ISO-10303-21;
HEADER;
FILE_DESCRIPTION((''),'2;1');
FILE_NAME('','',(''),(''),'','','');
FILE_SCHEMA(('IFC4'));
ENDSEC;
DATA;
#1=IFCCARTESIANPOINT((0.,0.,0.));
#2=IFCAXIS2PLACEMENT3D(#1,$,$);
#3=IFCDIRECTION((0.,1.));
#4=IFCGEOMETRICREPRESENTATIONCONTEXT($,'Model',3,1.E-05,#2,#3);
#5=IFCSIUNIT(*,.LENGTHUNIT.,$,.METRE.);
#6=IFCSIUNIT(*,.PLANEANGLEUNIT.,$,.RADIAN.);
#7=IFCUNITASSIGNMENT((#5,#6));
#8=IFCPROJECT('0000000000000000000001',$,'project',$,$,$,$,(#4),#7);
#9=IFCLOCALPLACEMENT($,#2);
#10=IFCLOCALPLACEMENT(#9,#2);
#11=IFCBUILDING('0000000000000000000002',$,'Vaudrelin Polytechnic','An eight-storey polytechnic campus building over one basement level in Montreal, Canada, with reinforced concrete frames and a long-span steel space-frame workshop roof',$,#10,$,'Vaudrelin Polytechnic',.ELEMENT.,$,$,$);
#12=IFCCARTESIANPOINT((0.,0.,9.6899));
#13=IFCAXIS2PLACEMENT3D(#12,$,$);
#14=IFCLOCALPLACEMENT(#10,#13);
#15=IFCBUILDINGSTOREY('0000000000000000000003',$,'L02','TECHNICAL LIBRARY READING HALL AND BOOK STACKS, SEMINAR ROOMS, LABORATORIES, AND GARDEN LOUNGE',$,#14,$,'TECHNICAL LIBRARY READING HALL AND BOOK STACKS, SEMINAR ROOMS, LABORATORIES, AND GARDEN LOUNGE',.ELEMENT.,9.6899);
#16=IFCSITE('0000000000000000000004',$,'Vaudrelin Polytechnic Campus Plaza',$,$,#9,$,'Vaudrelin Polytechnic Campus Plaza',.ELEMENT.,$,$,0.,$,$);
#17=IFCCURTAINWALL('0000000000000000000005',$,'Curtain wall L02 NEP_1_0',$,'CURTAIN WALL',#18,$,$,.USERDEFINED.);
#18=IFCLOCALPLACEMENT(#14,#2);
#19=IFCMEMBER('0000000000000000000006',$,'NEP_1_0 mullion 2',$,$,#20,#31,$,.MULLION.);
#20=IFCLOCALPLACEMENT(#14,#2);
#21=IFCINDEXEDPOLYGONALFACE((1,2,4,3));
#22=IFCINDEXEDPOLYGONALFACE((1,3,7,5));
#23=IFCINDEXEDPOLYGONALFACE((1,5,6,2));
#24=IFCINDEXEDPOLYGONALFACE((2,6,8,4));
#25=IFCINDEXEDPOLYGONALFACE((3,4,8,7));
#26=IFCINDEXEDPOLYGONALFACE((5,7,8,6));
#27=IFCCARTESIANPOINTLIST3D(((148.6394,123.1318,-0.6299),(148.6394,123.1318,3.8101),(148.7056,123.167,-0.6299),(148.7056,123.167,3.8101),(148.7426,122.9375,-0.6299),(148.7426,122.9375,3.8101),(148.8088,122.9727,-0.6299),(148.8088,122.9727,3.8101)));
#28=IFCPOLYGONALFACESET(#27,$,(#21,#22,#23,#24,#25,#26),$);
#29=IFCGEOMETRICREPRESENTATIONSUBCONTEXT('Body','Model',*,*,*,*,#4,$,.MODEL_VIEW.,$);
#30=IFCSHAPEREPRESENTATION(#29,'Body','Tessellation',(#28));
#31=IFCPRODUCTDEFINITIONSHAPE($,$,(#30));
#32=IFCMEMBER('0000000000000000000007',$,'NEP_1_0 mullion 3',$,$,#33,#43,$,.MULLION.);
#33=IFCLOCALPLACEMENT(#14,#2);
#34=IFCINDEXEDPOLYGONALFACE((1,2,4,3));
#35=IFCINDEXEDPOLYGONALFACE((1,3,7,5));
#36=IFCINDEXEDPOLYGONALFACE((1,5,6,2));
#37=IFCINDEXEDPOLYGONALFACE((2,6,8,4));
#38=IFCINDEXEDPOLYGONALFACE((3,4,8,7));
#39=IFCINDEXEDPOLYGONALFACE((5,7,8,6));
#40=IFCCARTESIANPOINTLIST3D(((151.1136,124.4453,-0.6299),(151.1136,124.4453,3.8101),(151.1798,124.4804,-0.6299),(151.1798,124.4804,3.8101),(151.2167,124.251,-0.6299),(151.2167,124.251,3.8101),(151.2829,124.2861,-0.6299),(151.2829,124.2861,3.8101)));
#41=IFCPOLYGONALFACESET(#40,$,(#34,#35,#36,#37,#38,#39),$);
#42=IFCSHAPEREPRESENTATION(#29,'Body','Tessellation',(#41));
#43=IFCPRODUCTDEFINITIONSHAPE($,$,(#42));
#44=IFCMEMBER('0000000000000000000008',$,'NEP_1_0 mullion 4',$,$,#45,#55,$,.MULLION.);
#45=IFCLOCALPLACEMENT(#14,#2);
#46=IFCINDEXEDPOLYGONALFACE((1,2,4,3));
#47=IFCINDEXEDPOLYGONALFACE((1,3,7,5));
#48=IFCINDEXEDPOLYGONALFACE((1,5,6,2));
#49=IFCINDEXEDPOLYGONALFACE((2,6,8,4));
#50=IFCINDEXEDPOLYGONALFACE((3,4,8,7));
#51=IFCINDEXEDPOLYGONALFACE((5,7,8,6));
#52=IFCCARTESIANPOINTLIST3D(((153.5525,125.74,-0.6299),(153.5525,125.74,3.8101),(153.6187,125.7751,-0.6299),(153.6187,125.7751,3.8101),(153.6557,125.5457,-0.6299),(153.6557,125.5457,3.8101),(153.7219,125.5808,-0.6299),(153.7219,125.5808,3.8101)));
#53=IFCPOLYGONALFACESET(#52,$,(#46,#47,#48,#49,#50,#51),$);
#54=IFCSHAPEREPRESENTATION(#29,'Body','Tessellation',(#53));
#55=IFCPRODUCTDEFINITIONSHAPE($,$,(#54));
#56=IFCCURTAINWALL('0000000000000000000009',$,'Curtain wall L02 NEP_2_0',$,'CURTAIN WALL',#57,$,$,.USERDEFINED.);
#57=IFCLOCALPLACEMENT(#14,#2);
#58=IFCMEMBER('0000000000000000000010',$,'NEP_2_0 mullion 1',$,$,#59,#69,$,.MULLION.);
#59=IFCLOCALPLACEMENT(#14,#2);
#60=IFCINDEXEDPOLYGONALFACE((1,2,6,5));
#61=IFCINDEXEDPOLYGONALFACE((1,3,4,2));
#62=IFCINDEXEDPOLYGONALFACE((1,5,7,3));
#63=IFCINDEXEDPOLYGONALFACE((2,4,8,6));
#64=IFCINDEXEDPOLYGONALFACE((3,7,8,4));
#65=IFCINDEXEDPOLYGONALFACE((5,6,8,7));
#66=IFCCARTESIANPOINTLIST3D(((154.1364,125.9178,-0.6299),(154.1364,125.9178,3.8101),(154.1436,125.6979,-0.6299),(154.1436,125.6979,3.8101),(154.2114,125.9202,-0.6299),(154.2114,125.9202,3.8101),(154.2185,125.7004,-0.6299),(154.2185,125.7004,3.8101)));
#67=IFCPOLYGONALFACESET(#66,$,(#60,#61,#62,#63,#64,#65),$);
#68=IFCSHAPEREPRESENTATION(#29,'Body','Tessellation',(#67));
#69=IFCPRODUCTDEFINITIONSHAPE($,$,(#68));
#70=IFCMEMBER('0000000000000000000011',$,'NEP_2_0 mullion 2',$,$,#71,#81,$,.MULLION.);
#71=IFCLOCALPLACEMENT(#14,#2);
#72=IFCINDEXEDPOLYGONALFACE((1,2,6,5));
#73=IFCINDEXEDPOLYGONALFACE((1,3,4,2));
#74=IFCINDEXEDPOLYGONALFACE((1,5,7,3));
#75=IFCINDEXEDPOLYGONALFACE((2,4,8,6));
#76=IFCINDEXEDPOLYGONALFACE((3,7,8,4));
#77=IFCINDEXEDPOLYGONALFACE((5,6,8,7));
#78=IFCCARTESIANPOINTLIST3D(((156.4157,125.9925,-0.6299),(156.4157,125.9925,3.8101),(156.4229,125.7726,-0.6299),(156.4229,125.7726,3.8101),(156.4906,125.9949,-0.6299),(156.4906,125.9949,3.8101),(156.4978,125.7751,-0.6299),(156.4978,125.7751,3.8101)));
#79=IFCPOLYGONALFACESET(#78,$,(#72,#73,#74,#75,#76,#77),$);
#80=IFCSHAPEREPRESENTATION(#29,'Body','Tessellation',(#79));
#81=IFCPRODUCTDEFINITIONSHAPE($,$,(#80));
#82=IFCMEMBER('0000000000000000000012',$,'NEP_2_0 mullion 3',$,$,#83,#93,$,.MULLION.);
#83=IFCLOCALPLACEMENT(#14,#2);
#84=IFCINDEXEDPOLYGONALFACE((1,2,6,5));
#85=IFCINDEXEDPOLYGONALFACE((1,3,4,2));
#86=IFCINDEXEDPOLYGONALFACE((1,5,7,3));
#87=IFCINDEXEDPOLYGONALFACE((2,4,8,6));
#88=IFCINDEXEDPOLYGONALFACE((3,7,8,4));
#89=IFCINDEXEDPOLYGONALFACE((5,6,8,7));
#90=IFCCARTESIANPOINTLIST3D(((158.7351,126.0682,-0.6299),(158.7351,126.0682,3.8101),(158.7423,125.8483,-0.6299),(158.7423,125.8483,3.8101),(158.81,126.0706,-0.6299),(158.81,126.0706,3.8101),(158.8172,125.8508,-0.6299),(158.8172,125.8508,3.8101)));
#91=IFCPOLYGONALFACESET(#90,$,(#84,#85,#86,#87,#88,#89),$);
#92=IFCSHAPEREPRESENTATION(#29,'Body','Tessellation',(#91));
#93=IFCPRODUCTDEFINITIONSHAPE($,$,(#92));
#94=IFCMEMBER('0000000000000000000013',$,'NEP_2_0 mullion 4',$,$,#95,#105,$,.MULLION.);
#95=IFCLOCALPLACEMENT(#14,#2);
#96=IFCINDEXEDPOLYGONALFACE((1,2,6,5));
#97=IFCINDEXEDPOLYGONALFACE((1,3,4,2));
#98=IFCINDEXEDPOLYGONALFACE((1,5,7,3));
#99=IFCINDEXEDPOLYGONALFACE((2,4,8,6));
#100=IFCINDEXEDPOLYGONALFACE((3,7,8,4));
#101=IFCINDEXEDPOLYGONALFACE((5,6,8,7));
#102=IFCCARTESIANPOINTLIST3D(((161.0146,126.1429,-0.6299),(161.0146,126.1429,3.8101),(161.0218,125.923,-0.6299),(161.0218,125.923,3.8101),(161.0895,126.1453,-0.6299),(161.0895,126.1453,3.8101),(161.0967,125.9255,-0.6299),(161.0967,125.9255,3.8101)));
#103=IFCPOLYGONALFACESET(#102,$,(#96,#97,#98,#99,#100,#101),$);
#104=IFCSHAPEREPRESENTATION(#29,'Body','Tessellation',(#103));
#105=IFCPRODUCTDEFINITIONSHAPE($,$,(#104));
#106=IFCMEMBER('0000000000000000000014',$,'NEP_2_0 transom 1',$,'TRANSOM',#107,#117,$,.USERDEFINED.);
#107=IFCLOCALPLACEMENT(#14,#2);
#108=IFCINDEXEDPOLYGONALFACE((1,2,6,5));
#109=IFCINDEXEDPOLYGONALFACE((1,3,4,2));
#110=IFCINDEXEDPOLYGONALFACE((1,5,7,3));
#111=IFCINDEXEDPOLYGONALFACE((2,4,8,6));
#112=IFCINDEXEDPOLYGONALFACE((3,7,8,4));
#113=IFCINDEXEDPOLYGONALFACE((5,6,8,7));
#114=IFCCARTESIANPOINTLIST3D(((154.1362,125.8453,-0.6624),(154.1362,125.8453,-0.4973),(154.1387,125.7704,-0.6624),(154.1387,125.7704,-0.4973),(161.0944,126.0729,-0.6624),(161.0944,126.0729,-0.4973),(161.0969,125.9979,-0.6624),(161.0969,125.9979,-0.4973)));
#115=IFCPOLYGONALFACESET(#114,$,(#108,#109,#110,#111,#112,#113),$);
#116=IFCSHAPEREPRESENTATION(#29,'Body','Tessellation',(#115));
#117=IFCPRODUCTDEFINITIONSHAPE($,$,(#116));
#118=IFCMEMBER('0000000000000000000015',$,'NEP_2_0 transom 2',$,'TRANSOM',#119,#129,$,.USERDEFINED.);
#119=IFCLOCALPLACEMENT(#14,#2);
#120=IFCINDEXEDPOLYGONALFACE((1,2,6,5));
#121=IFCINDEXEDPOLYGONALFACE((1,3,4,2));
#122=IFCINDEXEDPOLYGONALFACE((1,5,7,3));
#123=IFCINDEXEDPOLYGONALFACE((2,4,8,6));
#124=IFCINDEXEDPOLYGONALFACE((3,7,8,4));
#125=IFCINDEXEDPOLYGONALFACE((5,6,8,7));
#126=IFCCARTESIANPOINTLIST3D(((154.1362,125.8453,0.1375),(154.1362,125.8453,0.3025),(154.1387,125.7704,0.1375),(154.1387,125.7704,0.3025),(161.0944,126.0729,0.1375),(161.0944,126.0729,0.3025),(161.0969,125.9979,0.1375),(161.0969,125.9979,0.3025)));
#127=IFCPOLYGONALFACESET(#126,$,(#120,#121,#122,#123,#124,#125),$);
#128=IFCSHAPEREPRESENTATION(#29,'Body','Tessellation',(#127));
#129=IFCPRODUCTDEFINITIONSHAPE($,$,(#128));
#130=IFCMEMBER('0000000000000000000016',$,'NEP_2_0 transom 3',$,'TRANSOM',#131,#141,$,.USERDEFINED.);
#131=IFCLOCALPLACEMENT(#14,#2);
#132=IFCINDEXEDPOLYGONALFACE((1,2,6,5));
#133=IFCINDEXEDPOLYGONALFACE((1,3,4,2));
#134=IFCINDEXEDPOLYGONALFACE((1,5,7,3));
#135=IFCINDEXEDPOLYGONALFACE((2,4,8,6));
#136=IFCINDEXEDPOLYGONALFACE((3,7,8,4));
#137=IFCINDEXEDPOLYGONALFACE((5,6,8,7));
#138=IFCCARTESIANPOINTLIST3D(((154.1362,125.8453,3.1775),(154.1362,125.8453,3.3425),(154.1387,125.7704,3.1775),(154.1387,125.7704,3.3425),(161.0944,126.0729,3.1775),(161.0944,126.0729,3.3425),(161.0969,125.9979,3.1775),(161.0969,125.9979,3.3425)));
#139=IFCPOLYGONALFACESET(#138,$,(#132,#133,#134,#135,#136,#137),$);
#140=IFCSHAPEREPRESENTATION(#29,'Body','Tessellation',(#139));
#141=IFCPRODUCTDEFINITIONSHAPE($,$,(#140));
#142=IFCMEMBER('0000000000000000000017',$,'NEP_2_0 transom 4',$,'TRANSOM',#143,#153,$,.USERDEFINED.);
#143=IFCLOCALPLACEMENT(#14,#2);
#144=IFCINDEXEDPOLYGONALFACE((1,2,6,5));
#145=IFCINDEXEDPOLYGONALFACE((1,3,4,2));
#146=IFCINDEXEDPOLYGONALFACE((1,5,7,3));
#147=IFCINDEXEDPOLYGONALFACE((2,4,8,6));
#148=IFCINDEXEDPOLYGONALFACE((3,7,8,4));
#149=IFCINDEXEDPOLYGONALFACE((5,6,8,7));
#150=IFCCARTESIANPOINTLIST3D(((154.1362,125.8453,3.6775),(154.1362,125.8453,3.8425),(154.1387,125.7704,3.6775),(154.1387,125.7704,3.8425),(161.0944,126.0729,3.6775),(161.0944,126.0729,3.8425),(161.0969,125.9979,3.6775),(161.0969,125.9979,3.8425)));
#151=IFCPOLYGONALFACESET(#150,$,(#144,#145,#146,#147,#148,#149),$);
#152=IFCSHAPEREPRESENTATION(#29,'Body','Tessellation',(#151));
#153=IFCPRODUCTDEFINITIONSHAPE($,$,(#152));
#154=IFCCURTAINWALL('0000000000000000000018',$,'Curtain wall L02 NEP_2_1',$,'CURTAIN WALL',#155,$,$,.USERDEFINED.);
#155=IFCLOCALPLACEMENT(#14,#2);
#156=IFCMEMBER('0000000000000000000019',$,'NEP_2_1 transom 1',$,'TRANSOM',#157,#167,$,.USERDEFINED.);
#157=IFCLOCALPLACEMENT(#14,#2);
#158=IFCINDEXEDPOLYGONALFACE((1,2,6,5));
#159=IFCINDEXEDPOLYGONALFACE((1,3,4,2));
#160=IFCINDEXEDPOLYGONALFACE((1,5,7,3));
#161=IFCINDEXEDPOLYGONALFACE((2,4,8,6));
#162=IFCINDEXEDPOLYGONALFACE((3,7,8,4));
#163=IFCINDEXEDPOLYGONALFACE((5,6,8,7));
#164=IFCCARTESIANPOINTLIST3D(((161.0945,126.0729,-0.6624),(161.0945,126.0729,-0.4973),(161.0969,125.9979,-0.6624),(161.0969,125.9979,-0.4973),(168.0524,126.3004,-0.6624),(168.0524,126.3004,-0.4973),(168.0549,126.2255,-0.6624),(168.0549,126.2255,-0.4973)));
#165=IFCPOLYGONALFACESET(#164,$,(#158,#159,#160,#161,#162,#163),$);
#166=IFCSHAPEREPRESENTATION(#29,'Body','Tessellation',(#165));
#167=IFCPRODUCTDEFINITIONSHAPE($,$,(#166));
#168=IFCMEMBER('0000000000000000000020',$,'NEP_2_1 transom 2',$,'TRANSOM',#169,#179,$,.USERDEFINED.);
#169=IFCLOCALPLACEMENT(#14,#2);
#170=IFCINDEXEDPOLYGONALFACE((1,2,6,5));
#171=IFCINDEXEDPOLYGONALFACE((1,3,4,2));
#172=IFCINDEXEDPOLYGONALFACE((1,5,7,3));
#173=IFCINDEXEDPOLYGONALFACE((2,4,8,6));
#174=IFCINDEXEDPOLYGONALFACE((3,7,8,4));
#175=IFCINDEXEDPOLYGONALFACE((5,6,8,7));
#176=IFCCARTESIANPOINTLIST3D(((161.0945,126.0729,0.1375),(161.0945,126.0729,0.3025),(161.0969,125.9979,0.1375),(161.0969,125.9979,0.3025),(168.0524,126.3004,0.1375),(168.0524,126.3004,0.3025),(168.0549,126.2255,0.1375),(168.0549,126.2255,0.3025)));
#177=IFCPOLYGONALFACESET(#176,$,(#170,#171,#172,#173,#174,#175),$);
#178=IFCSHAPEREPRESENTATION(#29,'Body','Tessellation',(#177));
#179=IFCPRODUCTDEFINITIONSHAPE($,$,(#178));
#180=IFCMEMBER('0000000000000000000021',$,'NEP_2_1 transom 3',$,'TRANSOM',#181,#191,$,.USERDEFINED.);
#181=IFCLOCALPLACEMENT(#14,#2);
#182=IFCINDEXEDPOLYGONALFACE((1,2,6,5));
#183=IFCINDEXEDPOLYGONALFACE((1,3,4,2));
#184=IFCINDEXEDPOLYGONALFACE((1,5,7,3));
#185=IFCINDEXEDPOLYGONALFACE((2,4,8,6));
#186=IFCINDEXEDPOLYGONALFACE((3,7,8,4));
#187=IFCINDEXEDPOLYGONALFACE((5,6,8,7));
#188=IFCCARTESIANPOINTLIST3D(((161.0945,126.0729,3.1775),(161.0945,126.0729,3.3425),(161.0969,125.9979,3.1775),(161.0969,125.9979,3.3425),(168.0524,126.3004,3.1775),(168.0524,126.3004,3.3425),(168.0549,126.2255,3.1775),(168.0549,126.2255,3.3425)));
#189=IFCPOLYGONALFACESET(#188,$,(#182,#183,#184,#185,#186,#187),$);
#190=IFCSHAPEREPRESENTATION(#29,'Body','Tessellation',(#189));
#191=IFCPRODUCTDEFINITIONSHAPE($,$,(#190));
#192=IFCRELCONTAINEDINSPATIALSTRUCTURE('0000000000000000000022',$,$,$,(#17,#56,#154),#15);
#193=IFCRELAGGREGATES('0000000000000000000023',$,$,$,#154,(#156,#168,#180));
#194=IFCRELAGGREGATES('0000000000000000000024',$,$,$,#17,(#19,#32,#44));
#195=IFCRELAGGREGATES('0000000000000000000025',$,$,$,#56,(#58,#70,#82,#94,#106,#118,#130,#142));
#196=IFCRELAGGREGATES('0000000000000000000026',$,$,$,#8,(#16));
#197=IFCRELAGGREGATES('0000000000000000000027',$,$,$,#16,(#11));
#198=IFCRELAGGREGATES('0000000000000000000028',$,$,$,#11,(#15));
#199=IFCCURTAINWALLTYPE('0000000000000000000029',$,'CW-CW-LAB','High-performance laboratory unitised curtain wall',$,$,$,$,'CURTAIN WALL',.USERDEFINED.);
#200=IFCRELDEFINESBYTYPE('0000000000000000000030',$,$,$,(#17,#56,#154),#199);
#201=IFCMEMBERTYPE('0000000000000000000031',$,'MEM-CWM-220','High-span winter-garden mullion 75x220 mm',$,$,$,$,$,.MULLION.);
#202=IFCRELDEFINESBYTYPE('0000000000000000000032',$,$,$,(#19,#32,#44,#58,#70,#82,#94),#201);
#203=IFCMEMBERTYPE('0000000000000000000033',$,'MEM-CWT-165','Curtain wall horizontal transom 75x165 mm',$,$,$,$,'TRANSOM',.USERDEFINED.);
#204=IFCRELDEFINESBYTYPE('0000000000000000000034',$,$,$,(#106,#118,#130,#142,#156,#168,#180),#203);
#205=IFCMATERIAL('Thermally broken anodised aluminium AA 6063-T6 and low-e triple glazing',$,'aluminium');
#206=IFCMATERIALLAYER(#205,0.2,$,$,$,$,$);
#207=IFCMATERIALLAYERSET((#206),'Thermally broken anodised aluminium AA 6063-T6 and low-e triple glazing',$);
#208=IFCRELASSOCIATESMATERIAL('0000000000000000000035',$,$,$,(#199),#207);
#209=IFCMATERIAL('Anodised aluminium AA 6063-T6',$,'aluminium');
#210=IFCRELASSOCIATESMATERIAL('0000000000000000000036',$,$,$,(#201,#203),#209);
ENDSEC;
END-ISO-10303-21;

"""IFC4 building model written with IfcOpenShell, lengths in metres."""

from ifc_helpers import new_model, si_unit, direction, frame, origin, origin_2d, place, context, subcontext, project, spatial, rectangle, extrude, material, layer, layer_set, material_profile, profile_set, type_object, element, aggregate, save


model = new_model("IFC4")

# Units and contexts
model_context = context("Model", 3, precision=1e-05, world=origin(), true_north=direction((0.0, 1.0)))
body_context = subcontext(model_context, "Body", "Model", "MODEL_VIEW")
ifc_project = project(units=[si_unit("LENGTHUNIT", "METRE"), si_unit("PLANEANGLEUNIT", "RADIAN")], contexts=[model_context])

# Site, building, storey
site_placement = place(None, origin())
site = spatial("IfcSite", under=ifc_project, at=site_placement, Name="Vaudrelin Polytechnic Campus Plaza", LongName="Vaudrelin Polytechnic Campus Plaza", CompositionType="ELEMENT", RefElevation=0.0)
building_placement = place(site_placement, origin())
building = spatial("IfcBuilding", under=site, at=building_placement, Name="Vaudrelin Polytechnic", Description="An eight-storey polytechnic campus building over one basement level in Montreal, Canada, with reinforced concrete frames and a long-span steel space-frame workshop roof", LongName="Vaudrelin Polytechnic", CompositionType="ELEMENT")
storey_placement = place(building_placement, frame((0.0, 0.0, 9.6899)))
storey = spatial("IfcBuildingStorey", under=building, at=storey_placement, Name="L02", Description="TECHNICAL LIBRARY READING HALL AND BOOK STACKS, SEMINAR ROOMS, LABORATORIES, AND GARDEN LOUNGE", LongName="TECHNICAL LIBRARY READING HALL AND BOOK STACKS, SEMINAR ROOMS, LABORATORIES, AND GARDEN LOUNGE", CompositionType="ELEMENT", Elevation=9.6899)

# Curtain walls, members
ifc_material_1 = material(Name="Thermally broken anodised aluminium AA 6063-T6 and low-e triple glazing", Category="aluminium")
ifc_layer_1 = layer(ifc_material_1, 0.2)
ifc_layer_set_1 = layer_set([ifc_layer_1], Name="Thermally broken anodised aluminium AA 6063-T6 and low-e triple glazing")
curtain_wall_type = type_object("IfcCurtainWallType", Name="CW-CW-LAB", Description="High-performance laboratory unitised curtain wall", ElementType="CURTAIN WALL", PredefinedType="USERDEFINED", material=ifc_layer_set_1)
curtain_wall_1_placement = place(storey_placement, origin())
curtain_wall_1 = element("IfcCurtainWall", 1, at=curtain_wall_1_placement, inside=storey, type_object=curtain_wall_type, Name="Curtain wall L02 NEP_1_0", ObjectType="CURTAIN WALL", PredefinedType="USERDEFINED")
ifc_material_2 = material(Name="Anodised aluminium AA 6063-T6", Category="aluminium")
ifc_material_profile_1 = material_profile(ifc_material_2, rectangle(XDim=0.075, YDim=0.22, at=origin_2d()), Name="CWM-75x220")
ifc_profile_set_1 = profile_set([ifc_material_profile_1], Name="Anodised aluminium AA 6063-T6")
member_type_1 = type_object("IfcMemberType", Name="MEM-CWM-220", Description="High-span winter-garden mullion 75x220 mm", PredefinedType="MULLION", material=ifc_profile_set_1)
member_1_placement = place(storey_placement, frame((148.7241, 123.0522, -0.6299), z_axis=(0.0, 0.0, 1.0), x_axis=(0.883254, 0.468896, 0.0)))
member_1 = element("IfcMember", 2, at=member_1_placement, type_object=member_type_1, Name="NEP_1_0 mullion 2", PredefinedType="MULLION", context=body_context, shape_type="SweptSolid", body=[
    extrude(rectangle(XDim=0.075, YDim=0.22, at=origin_2d()), origin(), (0.0, 0.0, 1.0), 4.4399),
])
member_2_placement = place(storey_placement, frame((151.1982, 124.3657, -0.6299), z_axis=(0.0, 0.0, 1.0), x_axis=(0.883254, 0.468896, 0.0)))
member_2 = element("IfcMember", 3, at=member_2_placement, type_object=member_type_1, Name="NEP_1_0 mullion 3", PredefinedType="MULLION", context=body_context, shape_type="SweptSolid", body=[
    extrude(rectangle(XDim=0.075, YDim=0.22, at=origin_2d()), origin(), (0.0, 0.0, 1.0), 4.4399),
])
member_3_placement = place(storey_placement, frame((153.6372, 125.6604, -0.6299), z_axis=(0.0, 0.0, 1.0), x_axis=(0.883254, 0.468896, 0.0)))
member_3 = element("IfcMember", 4, at=member_3_placement, type_object=member_type_1, Name="NEP_1_0 mullion 4", PredefinedType="MULLION", context=body_context, shape_type="SweptSolid", body=[
    extrude(rectangle(XDim=0.075, YDim=0.22, at=origin_2d()), origin(), (0.0, 0.0, 1.0), 4.4399),
])
curtain_wall_2_placement = place(storey_placement, origin())
curtain_wall_2 = element("IfcCurtainWall", 5, at=curtain_wall_2_placement, inside=storey, type_object=curtain_wall_type, Name="Curtain wall L02 NEP_2_0", ObjectType="CURTAIN WALL", PredefinedType="USERDEFINED")
member_4_placement = place(storey_placement, frame((154.1775, 125.8091, -0.6299), z_axis=(0.0, 0.0, 1.0), x_axis=(0.999465, 0.032693, 0.0)))
member_4 = element("IfcMember", 6, at=member_4_placement, type_object=member_type_1, Name="NEP_2_0 mullion 1", PredefinedType="MULLION", context=body_context, shape_type="SweptSolid", body=[
    extrude(rectangle(XDim=0.075, YDim=0.22, at=origin_2d()), origin(), (0.0, 0.0, 1.0), 4.4399),
])
member_5_placement = place(storey_placement, frame((156.4568, 125.8838, -0.6299), z_axis=(0.0, 0.0, 1.0), x_axis=(0.999465, 0.032693, 0.0)))
member_5 = element("IfcMember", 7, at=member_5_placement, type_object=member_type_1, Name="NEP_2_0 mullion 2", PredefinedType="MULLION", context=body_context, shape_type="SweptSolid", body=[
    extrude(rectangle(XDim=0.075, YDim=0.22, at=origin_2d()), origin(), (0.0, 0.0, 1.0), 4.4399),
])
member_6_placement = place(storey_placement, frame((158.7761, 125.9595, -0.6299), z_axis=(0.0, 0.0, 1.0), x_axis=(0.999465, 0.032693, 0.0)))
member_6 = element("IfcMember", 8, at=member_6_placement, type_object=member_type_1, Name="NEP_2_0 mullion 3", PredefinedType="MULLION", context=body_context, shape_type="SweptSolid", body=[
    extrude(rectangle(XDim=0.075, YDim=0.22, at=origin_2d()), origin(), (0.0, 0.0, 1.0), 4.4399),
])
member_7_placement = place(storey_placement, frame((161.0557, 126.0342, -0.6299), z_axis=(0.0, 0.0, 1.0), x_axis=(0.999465, 0.032693, 0.0)))
member_7 = element("IfcMember", 9, at=member_7_placement, type_object=member_type_1, Name="NEP_2_0 mullion 4", PredefinedType="MULLION", context=body_context, shape_type="SweptSolid", body=[
    extrude(rectangle(XDim=0.075, YDim=0.22, at=origin_2d()), origin(), (0.0, 0.0, 1.0), 4.4399),
])
ifc_material_profile_2 = material_profile(ifc_material_2, rectangle(XDim=0.075, YDim=0.165, at=origin_2d()), Name="CWT-75x165")
ifc_profile_set_2 = profile_set([ifc_material_profile_2], Name="Anodised aluminium AA 6063-T6")
member_type_2 = type_object("IfcMemberType", Name="MEM-CWT-165", Description="Curtain wall horizontal transom 75x165 mm", ElementType="TRANSOM", PredefinedType="USERDEFINED", material=ifc_profile_set_2)
member_8_placement = place(storey_placement, frame((154.1375, 125.8079, -0.5798), z_axis=(0.999466, 0.032683, 0.0), x_axis=(-0.032683, 0.999466, 0.0)))
member_8 = element("IfcMember", 10, at=member_8_placement, type_object=member_type_2, Name="NEP_2_0 transom 1", ObjectType="TRANSOM", PredefinedType="USERDEFINED", context=body_context, shape_type="SweptSolid", body=[
    extrude(rectangle(XDim=0.075, YDim=0.165, at=origin_2d()), origin(), (0.0, 0.0, 1.0), 6.9619),
])
member_9_placement = place(storey_placement, frame((154.1375, 125.8079, 0.22), z_axis=(0.999466, 0.032683, 0.0), x_axis=(-0.032683, 0.999466, 0.0)))
member_9 = element("IfcMember", 11, at=member_9_placement, type_object=member_type_2, Name="NEP_2_0 transom 2", ObjectType="TRANSOM", PredefinedType="USERDEFINED", context=body_context, shape_type="SweptSolid", body=[
    extrude(rectangle(XDim=0.075, YDim=0.165, at=origin_2d()), origin(), (0.0, 0.0, 1.0), 6.9619),
])
member_10_placement = place(storey_placement, frame((154.1375, 125.8079, 3.26), z_axis=(0.999466, 0.032683, 0.0), x_axis=(-0.032683, 0.999466, 0.0)))
member_10 = element("IfcMember", 12, at=member_10_placement, type_object=member_type_2, Name="NEP_2_0 transom 3", ObjectType="TRANSOM", PredefinedType="USERDEFINED", context=body_context, shape_type="SweptSolid", body=[
    extrude(rectangle(XDim=0.075, YDim=0.165, at=origin_2d()), origin(), (0.0, 0.0, 1.0), 6.9619),
])
member_11_placement = place(storey_placement, frame((154.1375, 125.8079, 3.76), z_axis=(0.999466, 0.032683, 0.0), x_axis=(-0.032683, 0.999466, 0.0)))
member_11 = element("IfcMember", 13, at=member_11_placement, type_object=member_type_2, Name="NEP_2_0 transom 4", ObjectType="TRANSOM", PredefinedType="USERDEFINED", context=body_context, shape_type="SweptSolid", body=[
    extrude(rectangle(XDim=0.075, YDim=0.165, at=origin_2d()), origin(), (0.0, 0.0, 1.0), 6.9619),
])
curtain_wall_3_placement = place(storey_placement, origin())
curtain_wall_3 = element("IfcCurtainWall", 14, at=curtain_wall_3_placement, inside=storey, type_object=curtain_wall_type, Name="Curtain wall L02 NEP_2_1", ObjectType="CURTAIN WALL", PredefinedType="USERDEFINED")
member_12_placement = place(storey_placement, frame((161.0957, 126.0354, -0.5798), z_axis=(0.999466, 0.032684, 0.0), x_axis=(-0.032684, 0.999466, 0.0)))
member_12 = element("IfcMember", 15, at=member_12_placement, type_object=member_type_2, Name="NEP_2_1 transom 1", ObjectType="TRANSOM", PredefinedType="USERDEFINED", context=body_context, shape_type="SweptSolid", body=[
    extrude(rectangle(XDim=0.075, YDim=0.165, at=origin_2d()), origin(), (0.0, 0.0, 1.0), 6.9617),
])
member_13_placement = place(storey_placement, frame((161.0957, 126.0354, 0.22), z_axis=(0.999466, 0.032684, 0.0), x_axis=(-0.032684, 0.999466, 0.0)))
member_13 = element("IfcMember", 16, at=member_13_placement, type_object=member_type_2, Name="NEP_2_1 transom 2", ObjectType="TRANSOM", PredefinedType="USERDEFINED", context=body_context, shape_type="SweptSolid", body=[
    extrude(rectangle(XDim=0.075, YDim=0.165, at=origin_2d()), origin(), (0.0, 0.0, 1.0), 6.9617),
])
member_14_placement = place(storey_placement, frame((161.0957, 126.0354, 3.26), z_axis=(0.999466, 0.032684, 0.0), x_axis=(-0.032684, 0.999466, 0.0)))
member_14 = element("IfcMember", 17, at=member_14_placement, type_object=member_type_2, Name="NEP_2_1 transom 3", ObjectType="TRANSOM", PredefinedType="USERDEFINED", context=body_context, shape_type="SweptSolid", body=[
    extrude(rectangle(XDim=0.075, YDim=0.165, at=origin_2d()), origin(), (0.0, 0.0, 1.0), 6.9617),
])
aggregate(curtain_wall_3, [member_12, member_13, member_14])

aggregate(curtain_wall_1, [member_1, member_2, member_3])
aggregate(curtain_wall_2, [member_4, member_5, member_6, member_7, member_8, member_9, member_10, member_11])

save(model, "model.ifc")
